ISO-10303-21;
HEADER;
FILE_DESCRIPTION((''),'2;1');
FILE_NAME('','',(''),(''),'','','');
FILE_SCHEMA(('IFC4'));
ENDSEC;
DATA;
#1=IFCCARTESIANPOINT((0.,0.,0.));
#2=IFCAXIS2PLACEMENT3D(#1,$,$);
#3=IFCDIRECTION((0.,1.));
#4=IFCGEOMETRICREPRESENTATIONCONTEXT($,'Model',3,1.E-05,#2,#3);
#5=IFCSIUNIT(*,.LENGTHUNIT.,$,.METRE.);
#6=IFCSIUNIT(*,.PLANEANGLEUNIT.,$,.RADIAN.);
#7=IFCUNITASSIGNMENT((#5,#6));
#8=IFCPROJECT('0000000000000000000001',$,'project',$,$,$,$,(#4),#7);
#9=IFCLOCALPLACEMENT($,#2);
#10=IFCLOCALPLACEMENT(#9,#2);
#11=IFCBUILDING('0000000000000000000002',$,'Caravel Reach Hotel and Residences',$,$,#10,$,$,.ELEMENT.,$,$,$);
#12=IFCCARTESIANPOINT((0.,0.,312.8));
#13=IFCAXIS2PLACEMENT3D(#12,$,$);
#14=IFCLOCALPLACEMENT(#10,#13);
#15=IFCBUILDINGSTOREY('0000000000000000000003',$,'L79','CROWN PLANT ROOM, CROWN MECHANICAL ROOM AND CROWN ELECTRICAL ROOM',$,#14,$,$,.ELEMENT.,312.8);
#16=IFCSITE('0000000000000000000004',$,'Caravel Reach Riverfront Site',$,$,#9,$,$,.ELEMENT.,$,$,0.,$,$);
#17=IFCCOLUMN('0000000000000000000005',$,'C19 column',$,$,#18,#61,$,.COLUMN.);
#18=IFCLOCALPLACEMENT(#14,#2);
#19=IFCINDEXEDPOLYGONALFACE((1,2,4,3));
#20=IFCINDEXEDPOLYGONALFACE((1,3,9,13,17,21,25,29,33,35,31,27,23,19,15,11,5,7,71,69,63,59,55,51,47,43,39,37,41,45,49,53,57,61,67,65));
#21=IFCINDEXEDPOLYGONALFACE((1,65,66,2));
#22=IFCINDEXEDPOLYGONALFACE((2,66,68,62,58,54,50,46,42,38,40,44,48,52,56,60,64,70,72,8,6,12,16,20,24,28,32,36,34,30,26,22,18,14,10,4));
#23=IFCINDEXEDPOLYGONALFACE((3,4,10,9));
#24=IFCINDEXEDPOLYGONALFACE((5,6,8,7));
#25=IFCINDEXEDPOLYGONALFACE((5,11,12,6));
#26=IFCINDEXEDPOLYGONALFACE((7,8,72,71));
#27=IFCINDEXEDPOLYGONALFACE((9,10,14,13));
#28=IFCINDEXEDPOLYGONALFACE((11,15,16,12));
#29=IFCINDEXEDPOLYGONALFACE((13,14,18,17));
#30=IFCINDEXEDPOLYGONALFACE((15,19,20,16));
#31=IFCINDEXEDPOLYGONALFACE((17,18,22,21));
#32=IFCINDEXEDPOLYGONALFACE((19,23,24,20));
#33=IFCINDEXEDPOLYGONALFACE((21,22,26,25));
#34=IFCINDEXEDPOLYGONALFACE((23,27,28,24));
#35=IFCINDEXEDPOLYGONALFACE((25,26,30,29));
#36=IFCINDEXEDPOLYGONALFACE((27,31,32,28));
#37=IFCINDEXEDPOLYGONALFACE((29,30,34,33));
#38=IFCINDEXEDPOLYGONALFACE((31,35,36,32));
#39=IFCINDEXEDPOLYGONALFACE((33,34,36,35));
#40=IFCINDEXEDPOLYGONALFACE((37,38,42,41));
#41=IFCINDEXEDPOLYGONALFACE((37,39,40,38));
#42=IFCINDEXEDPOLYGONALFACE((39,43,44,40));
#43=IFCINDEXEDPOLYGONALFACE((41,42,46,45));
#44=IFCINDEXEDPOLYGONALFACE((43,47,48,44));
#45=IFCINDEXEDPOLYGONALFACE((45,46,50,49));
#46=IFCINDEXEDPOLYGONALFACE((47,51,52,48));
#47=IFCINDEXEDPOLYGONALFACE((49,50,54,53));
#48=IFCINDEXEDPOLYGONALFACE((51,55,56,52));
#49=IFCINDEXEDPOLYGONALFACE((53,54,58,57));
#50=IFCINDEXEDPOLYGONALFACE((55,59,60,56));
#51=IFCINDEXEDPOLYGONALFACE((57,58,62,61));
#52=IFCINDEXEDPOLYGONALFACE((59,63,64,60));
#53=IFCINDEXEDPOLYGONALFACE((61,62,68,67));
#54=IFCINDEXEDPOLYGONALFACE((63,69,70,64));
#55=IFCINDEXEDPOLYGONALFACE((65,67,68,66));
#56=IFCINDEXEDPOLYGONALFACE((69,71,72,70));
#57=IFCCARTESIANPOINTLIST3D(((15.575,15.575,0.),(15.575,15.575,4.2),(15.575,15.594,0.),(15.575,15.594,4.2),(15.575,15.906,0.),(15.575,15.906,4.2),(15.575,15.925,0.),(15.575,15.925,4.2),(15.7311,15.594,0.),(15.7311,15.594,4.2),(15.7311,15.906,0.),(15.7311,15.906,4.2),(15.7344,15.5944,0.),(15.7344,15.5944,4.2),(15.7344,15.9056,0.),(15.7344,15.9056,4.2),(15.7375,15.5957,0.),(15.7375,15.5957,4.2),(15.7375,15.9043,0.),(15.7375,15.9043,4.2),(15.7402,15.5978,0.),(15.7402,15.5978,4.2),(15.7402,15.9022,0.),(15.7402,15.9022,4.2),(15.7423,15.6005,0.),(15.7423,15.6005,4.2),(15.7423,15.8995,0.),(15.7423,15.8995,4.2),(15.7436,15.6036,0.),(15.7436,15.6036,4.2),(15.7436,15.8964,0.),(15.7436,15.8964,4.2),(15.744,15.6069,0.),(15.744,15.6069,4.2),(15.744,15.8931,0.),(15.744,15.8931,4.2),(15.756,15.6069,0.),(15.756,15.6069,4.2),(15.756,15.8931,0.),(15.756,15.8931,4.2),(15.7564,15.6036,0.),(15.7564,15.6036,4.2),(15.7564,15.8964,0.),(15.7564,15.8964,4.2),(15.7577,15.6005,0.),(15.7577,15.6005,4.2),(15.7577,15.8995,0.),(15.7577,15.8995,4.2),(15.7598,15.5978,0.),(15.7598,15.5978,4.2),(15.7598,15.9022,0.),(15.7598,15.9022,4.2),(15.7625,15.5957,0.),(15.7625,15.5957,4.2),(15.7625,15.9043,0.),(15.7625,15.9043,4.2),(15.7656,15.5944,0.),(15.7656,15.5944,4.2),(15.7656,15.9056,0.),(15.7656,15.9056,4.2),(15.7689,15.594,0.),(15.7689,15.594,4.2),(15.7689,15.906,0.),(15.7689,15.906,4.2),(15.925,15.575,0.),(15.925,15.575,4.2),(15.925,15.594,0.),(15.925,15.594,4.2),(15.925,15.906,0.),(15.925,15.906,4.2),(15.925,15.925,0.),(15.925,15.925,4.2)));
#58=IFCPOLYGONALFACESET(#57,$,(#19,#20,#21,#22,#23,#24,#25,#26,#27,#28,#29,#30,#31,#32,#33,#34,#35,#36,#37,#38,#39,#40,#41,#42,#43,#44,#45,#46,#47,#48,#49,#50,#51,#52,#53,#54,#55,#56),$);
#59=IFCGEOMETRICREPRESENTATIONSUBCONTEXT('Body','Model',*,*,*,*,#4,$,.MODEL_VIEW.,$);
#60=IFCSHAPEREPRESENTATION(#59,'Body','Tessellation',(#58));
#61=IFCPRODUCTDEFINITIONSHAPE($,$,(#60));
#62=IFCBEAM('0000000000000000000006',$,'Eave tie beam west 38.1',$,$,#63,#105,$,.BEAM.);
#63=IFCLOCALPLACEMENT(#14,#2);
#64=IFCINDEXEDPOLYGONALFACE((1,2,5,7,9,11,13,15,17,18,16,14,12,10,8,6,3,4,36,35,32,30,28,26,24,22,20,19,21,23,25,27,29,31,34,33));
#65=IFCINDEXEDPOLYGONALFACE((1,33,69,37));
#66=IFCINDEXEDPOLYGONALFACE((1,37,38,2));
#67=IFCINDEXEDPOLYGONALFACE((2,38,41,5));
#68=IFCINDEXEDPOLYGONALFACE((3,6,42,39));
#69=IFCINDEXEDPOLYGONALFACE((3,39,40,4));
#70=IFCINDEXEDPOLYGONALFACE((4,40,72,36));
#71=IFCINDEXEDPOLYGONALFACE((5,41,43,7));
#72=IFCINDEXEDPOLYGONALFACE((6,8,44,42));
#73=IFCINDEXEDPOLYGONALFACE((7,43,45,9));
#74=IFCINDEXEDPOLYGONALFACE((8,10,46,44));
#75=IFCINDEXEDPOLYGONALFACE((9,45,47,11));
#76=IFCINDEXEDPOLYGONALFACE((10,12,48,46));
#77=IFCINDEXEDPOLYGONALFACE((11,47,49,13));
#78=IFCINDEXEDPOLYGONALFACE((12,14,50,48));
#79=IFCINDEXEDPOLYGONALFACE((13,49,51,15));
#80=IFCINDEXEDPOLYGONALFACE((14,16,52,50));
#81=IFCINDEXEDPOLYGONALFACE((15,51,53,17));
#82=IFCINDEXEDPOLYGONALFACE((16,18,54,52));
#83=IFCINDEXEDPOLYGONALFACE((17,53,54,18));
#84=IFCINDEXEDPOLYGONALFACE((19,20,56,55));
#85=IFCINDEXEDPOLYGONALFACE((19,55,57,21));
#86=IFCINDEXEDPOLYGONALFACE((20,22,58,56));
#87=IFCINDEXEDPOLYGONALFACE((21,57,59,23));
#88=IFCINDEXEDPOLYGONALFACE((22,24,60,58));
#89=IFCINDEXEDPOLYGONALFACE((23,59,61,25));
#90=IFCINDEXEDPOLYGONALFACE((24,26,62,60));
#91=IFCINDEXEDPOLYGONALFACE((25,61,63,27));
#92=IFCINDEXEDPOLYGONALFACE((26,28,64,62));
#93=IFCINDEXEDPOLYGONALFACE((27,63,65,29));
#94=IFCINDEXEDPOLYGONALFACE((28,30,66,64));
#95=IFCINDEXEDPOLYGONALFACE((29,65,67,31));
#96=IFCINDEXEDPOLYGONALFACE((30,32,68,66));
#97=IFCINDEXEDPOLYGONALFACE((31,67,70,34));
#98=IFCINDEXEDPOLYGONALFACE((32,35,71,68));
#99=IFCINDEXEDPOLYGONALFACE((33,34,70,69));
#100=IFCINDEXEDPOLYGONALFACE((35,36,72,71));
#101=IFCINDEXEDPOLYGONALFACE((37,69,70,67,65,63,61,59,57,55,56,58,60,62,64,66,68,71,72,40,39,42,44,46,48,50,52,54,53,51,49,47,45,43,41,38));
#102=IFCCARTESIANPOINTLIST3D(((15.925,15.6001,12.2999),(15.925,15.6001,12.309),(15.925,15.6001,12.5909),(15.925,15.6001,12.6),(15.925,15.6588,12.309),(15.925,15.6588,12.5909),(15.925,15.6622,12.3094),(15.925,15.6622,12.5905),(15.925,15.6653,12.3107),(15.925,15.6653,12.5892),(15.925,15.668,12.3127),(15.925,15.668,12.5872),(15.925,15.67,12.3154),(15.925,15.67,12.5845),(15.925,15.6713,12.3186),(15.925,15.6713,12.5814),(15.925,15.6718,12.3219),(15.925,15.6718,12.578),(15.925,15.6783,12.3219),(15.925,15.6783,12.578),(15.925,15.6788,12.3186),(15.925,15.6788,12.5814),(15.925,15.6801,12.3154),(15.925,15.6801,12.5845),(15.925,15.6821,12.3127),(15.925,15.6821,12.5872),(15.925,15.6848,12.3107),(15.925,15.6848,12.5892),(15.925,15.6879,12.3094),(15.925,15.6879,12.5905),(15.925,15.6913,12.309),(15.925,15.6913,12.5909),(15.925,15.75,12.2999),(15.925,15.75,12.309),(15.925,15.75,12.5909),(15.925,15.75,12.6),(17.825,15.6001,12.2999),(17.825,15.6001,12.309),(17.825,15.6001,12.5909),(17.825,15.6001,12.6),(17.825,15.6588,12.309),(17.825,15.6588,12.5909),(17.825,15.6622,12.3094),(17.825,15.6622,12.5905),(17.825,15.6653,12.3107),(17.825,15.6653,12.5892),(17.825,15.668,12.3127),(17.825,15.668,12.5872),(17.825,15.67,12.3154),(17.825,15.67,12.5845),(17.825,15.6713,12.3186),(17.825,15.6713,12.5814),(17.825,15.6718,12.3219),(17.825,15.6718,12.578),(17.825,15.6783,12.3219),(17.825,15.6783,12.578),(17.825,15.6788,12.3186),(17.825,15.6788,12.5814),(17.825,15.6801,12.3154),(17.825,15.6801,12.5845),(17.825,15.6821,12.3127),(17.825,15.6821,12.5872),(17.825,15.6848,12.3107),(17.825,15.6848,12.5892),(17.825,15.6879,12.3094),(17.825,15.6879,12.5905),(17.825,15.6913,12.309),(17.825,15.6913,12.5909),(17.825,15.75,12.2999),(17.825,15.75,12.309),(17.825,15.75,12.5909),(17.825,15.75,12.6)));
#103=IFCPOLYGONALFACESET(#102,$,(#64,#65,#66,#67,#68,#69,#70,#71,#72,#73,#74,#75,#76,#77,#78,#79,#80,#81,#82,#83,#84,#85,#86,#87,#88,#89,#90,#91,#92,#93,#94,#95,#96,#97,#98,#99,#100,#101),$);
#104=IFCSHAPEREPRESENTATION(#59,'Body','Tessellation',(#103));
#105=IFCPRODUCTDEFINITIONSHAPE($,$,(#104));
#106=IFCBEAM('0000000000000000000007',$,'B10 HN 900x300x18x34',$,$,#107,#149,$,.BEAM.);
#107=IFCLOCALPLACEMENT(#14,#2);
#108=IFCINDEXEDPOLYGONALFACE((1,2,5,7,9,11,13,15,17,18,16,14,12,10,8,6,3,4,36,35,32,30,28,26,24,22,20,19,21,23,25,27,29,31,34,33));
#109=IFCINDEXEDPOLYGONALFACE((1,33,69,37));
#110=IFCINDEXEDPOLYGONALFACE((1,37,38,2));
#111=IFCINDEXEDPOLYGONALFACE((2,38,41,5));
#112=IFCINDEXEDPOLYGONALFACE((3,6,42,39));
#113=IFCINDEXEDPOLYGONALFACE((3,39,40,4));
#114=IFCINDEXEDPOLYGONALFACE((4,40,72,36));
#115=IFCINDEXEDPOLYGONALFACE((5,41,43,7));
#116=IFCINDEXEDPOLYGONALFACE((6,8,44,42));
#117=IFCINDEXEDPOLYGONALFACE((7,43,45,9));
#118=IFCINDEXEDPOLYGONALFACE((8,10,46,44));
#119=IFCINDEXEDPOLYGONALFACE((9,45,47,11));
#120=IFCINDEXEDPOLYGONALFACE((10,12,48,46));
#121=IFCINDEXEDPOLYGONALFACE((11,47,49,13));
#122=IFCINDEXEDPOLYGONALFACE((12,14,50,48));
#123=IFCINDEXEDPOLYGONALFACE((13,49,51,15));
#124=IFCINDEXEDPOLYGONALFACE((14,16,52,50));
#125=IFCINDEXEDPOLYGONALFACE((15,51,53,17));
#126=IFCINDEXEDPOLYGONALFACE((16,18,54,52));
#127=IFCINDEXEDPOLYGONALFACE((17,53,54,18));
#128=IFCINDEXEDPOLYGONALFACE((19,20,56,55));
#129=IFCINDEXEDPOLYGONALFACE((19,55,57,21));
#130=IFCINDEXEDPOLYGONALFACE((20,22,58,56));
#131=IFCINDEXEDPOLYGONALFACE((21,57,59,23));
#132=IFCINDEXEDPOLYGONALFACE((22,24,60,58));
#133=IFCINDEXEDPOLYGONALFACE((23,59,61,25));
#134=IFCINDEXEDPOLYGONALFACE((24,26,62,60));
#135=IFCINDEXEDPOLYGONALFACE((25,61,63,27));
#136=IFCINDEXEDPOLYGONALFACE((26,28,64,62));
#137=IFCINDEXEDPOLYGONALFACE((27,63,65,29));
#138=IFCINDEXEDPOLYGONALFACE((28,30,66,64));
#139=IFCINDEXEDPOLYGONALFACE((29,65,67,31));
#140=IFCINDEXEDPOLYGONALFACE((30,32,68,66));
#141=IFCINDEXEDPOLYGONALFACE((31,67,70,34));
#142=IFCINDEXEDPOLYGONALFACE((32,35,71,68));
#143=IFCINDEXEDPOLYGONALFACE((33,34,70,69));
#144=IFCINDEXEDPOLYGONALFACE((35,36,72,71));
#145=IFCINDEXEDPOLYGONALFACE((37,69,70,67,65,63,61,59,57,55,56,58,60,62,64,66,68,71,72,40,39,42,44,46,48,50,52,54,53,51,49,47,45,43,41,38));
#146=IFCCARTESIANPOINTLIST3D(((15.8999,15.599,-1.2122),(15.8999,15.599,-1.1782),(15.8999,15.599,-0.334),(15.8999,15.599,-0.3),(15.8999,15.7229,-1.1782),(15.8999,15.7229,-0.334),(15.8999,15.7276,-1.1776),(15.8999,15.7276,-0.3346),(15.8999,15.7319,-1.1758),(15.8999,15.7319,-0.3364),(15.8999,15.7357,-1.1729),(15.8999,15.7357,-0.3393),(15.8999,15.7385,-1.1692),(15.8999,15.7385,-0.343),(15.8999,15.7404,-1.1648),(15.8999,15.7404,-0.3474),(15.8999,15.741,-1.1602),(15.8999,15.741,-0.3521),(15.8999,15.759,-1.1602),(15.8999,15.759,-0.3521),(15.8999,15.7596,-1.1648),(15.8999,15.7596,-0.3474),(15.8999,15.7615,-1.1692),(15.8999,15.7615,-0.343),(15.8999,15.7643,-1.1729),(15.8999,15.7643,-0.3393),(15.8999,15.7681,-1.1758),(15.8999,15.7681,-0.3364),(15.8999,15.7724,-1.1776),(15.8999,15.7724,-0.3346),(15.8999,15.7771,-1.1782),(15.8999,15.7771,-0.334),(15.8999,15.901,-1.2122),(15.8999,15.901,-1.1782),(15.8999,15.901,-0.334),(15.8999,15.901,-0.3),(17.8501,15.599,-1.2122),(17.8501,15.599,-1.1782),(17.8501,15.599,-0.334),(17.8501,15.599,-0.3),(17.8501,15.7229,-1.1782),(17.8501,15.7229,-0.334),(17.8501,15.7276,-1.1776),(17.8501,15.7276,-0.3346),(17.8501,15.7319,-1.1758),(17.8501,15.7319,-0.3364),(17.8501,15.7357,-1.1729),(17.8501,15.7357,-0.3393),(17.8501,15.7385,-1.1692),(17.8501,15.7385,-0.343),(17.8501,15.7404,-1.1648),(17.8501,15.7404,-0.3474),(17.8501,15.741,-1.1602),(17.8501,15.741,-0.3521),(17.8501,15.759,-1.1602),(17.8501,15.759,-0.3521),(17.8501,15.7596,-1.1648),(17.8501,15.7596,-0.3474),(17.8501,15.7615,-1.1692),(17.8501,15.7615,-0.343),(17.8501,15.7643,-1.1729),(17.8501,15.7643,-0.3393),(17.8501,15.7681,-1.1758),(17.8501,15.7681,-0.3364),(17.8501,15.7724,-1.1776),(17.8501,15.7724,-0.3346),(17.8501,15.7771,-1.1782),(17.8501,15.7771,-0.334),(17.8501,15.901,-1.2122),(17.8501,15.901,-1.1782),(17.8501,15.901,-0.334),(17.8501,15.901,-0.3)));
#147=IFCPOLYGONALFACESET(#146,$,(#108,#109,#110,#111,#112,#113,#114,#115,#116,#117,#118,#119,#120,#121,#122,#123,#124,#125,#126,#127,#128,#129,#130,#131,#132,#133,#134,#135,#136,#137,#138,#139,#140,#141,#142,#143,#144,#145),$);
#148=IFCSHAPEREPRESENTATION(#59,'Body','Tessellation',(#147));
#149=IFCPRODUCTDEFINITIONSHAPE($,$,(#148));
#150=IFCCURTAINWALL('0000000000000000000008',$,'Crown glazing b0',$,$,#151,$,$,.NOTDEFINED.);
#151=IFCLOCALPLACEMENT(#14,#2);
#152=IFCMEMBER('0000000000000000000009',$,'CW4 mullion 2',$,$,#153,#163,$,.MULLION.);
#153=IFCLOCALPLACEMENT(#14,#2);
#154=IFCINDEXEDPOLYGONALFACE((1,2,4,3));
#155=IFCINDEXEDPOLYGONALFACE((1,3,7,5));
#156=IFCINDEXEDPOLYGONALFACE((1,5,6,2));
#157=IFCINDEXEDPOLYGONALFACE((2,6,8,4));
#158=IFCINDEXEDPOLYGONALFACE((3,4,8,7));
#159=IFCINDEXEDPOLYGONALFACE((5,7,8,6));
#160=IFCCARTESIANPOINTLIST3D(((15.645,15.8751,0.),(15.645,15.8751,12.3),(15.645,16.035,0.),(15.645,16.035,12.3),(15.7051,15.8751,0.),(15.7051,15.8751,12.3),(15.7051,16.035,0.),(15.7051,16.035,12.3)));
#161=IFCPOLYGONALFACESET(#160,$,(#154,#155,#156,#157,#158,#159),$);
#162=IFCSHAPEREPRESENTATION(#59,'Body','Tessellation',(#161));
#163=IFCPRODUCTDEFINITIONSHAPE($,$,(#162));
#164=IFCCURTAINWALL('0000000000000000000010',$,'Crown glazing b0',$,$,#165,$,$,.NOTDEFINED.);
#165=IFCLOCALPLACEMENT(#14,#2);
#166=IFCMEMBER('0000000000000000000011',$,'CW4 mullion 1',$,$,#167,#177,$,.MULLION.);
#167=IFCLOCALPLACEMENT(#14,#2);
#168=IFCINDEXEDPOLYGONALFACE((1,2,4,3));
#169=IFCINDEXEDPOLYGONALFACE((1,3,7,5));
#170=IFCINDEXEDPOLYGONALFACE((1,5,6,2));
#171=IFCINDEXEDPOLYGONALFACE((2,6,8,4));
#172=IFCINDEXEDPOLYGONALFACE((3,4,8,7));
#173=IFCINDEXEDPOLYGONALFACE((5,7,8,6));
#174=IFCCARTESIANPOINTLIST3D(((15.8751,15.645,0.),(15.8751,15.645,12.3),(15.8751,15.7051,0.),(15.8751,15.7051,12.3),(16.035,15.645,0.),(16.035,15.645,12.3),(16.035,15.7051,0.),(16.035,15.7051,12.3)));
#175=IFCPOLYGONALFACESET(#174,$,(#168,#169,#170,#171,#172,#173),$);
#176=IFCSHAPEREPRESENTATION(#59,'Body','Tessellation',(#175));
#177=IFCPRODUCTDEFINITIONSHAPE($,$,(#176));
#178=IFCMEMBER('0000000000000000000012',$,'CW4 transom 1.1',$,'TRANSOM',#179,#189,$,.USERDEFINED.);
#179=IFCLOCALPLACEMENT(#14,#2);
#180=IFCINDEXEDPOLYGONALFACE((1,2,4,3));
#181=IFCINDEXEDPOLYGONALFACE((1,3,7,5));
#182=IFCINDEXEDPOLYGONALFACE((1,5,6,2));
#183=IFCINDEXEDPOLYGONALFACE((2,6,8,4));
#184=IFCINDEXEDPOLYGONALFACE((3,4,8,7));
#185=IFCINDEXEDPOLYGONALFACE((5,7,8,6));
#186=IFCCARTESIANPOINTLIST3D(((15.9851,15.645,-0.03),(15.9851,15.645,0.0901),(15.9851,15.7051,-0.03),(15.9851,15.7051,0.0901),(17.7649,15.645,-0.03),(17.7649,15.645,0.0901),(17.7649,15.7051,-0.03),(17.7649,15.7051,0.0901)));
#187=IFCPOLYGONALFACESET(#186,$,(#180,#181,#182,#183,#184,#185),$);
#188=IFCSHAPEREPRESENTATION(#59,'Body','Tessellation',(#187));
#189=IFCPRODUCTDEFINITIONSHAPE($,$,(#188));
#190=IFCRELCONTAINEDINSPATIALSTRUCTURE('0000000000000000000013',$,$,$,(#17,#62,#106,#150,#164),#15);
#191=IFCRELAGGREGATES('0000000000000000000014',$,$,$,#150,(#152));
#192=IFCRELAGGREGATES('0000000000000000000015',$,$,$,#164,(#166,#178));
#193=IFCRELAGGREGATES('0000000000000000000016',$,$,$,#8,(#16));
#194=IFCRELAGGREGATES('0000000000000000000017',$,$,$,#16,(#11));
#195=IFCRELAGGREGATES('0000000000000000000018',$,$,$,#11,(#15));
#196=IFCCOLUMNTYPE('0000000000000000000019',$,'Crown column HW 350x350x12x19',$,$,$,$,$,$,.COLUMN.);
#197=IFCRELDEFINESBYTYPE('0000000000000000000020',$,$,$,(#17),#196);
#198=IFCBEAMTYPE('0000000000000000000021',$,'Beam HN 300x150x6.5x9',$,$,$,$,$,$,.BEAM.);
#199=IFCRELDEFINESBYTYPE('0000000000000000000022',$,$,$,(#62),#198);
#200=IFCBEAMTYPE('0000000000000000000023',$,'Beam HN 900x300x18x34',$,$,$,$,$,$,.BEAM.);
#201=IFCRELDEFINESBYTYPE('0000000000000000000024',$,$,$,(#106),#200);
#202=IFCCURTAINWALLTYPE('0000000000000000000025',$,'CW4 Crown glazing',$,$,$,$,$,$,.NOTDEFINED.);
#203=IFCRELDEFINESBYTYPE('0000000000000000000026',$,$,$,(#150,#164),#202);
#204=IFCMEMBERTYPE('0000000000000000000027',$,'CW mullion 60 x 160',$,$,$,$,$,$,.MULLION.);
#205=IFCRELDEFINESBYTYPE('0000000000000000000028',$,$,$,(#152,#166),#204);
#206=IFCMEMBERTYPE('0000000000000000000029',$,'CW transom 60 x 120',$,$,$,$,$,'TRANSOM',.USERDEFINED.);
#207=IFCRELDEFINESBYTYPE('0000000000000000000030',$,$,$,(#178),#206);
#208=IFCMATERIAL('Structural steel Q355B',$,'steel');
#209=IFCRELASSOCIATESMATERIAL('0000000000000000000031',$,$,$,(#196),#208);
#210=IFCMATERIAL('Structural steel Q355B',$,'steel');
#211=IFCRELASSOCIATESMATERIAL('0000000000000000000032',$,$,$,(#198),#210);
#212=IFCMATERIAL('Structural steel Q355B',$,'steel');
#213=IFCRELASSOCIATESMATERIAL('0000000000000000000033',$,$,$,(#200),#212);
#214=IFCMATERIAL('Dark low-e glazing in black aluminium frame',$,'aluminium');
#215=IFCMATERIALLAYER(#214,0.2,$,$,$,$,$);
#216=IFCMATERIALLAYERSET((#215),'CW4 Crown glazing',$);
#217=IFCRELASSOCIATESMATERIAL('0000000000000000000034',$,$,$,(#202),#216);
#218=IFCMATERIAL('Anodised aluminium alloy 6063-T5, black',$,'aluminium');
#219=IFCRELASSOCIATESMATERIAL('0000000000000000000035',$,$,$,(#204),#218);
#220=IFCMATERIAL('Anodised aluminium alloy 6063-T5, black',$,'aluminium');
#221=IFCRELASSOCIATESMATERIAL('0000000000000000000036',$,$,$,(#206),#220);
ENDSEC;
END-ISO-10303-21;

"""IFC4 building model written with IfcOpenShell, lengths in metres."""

from ifc_helpers import new_model, si_unit, direction, frame, origin, origin_2d, place, context, subcontext, project, spatial, rectangle, i_section, extrude, material, layer, layer_set, material_profile, profile_set, type_object, element, aggregate, save


model = new_model("IFC4")

# Units and contexts
model_context = context("Model", 3, precision=1e-05, world=origin(), true_north=direction((0.0, 1.0)))
body_context = subcontext(model_context, "Body", "Model", "MODEL_VIEW")
ifc_project = project(units=[si_unit("LENGTHUNIT", "METRE"), si_unit("PLANEANGLEUNIT", "RADIAN")], contexts=[model_context])

# Site, building, storey
site_placement = place(None, origin())
site = spatial("IfcSite", under=ifc_project, at=site_placement, Name="Caravel Reach Riverfront Site", CompositionType="ELEMENT", RefElevation=0.0)
building_placement = place(site_placement, origin())
building = spatial("IfcBuilding", under=site, at=building_placement, Name="Caravel Reach Hotel and Residences", CompositionType="ELEMENT")
storey_placement = place(building_placement, frame((0.0, 0.0, 312.8)))
storey = spatial("IfcBuildingStorey", under=building, at=storey_placement, Name="L79", Description="CROWN PLANT ROOM, CROWN MECHANICAL ROOM AND CROWN ELECTRICAL ROOM", CompositionType="ELEMENT", Elevation=312.8)

# Column
ifc_material_1 = material(Name="Structural steel Q355B", Category="steel")
ifc_material_profile_1 = material_profile(ifc_material_1, i_section(OverallWidth=0.3501, OverallDepth=0.3501, WebThickness=0.012, FlangeThickness=0.019, FilletRadius=0.0129, at=origin_2d()), Name="HW 350x350x12x19")
ifc_profile_set_1 = profile_set([ifc_material_profile_1], Name="Structural steel Q355B")
column_type = type_object("IfcColumnType", Name="Crown column HW 350x350x12x19", PredefinedType="COLUMN", material=ifc_profile_set_1)
column_placement = place(storey_placement, frame((15.75, 15.75, 0.0), z_axis=(0.0, 0.0, 1.0), x_axis=(1.0, 0.0, 0.0)))
element("IfcColumn", 1, at=column_placement, inside=storey, type_object=column_type, Name="C19 column", PredefinedType="COLUMN", context=body_context, shape_type="SweptSolid", body=[
    extrude(i_section(OverallWidth=0.3501, OverallDepth=0.3501, WebThickness=0.012, FlangeThickness=0.019, FilletRadius=0.0129, at=origin_2d()), origin(), (0.0, 0.0, 1.0), 4.2),
])

# Beams
ifc_material_2 = material(Name="Structural steel Q355B", Category="steel")
ifc_material_profile_2 = material_profile(ifc_material_2, i_section(OverallWidth=0.1499, OverallDepth=0.3, WebThickness=0.0066, FlangeThickness=0.009, FilletRadius=0.0129, at=origin_2d()), Name="HN 300x150x6.5x9")
ifc_profile_set_2 = profile_set([ifc_material_profile_2], Name="Structural steel Q355B")
beam_type_1 = type_object("IfcBeamType", Name="Beam HN 300x150x6.5x9", PredefinedType="BEAM", material=ifc_profile_set_2)
beam_1_placement = place(storey_placement, frame((15.925, 15.675, 12.45), z_axis=(1.0, 0.0, 0.0), x_axis=(0.0, 1.0, 0.0)))
element("IfcBeam", 2, at=beam_1_placement, inside=storey, type_object=beam_type_1, Name="Eave tie beam west 38.1", PredefinedType="BEAM", context=body_context, shape_type="SweptSolid", body=[
    extrude(i_section(OverallWidth=0.1499, OverallDepth=0.3, WebThickness=0.0066, FlangeThickness=0.009, FilletRadius=0.0129, at=origin_2d()), origin(), (0.0, 0.0, 1.0), 1.8999),
])
ifc_material_3 = material(Name="Structural steel Q355B", Category="steel")
ifc_material_profile_3 = material_profile(ifc_material_3, i_section(OverallWidth=0.302, OverallDepth=0.9121, WebThickness=0.0181, FlangeThickness=0.0339, FilletRadius=0.0181, at=origin_2d()), Name="HN 900x300x18x34")
ifc_profile_set_3 = profile_set([ifc_material_profile_3], Name="Structural steel Q355B")
beam_type_2 = type_object("IfcBeamType", Name="Beam HN 900x300x18x34", PredefinedType="BEAM", material=ifc_profile_set_3)
beam_2_placement = place(storey_placement, frame((15.8999, 15.75, -0.7561), z_axis=(1.0, 0.0, 0.0), x_axis=(0.0, 1.0, 0.0)))
element("IfcBeam", 3, at=beam_2_placement, inside=storey, type_object=beam_type_2, Name="B10 HN 900x300x18x34", PredefinedType="BEAM", context=body_context, shape_type="SweptSolid", body=[
    extrude(i_section(OverallWidth=0.302, OverallDepth=0.9121, WebThickness=0.0181, FlangeThickness=0.0339, FilletRadius=0.0181, at=origin_2d()), origin(), (0.0, 0.0, 1.0), 1.9502),
])

# Curtain wall, member
ifc_material_4 = material(Name="Dark low-e glazing in black aluminium frame", Category="aluminium")
ifc_layer_1 = layer(ifc_material_4, 0.2)
ifc_layer_set_1 = layer_set([ifc_layer_1], Name="CW4 Crown glazing")
curtain_wall_type = type_object("IfcCurtainWallType", Name="CW4 Crown glazing", PredefinedType="NOTDEFINED", material=ifc_layer_set_1)
curtain_wall_1_placement = place(storey_placement, origin())
curtain_wall_1 = element("IfcCurtainWall", 4, at=curtain_wall_1_placement, inside=storey, type_object=curtain_wall_type, Name="Crown glazing b0", PredefinedType="NOTDEFINED")
ifc_material_5 = material(Name="Anodised aluminium alloy 6063-T5, black", Category="aluminium")
ifc_material_profile_4 = material_profile(ifc_material_5, rectangle(XDim=0.0601, YDim=0.1599, at=origin_2d()), Name="CW mullion 60 x 160")
ifc_profile_set_4 = profile_set([ifc_material_profile_4], Name="Anodised aluminium alloy 6063-T5, black")
member_type_1 = type_object("IfcMemberType", Name="CW mullion 60 x 160", PredefinedType="MULLION", material=ifc_profile_set_4)
member_1_placement = place(storey_placement, frame((15.675, 15.9551, 0.0), z_axis=(0.0, 0.0, 1.0), x_axis=(1.0, 0.0, 0.0)))
member_1 = element("IfcMember", 5, at=member_1_placement, type_object=member_type_1, Name="CW4 mullion 2", PredefinedType="MULLION", context=body_context, shape_type="SweptSolid", body=[
    extrude(rectangle(XDim=0.0601, YDim=0.1599, at=origin_2d()), origin(), (0.0, 0.0, 1.0), 12.3),
])
aggregate(curtain_wall_1, [member_1])

# Curtain wall, members
curtain_wall_2_placement = place(storey_placement, origin())
curtain_wall_2 = element("IfcCurtainWall", 6, at=curtain_wall_2_placement, inside=storey, type_object=curtain_wall_type, Name="Crown glazing b0", PredefinedType="NOTDEFINED")
member_2_placement = place(storey_placement, frame((15.9551, 15.675, 0.0), z_axis=(0.0, 0.0, 1.0), x_axis=(0.0, 1.0, 0.0)))
member_2 = element("IfcMember", 7, at=member_2_placement, type_object=member_type_1, Name="CW4 mullion 1", PredefinedType="MULLION", context=body_context, shape_type="SweptSolid", body=[
    extrude(rectangle(XDim=0.0601, YDim=0.1599, at=origin_2d()), origin(), (0.0, 0.0, 1.0), 12.3),
])
ifc_material_6 = material(Name="Anodised aluminium alloy 6063-T5, black", Category="aluminium")
ifc_material_profile_5 = material_profile(ifc_material_6, rectangle(XDim=0.0601, YDim=0.1201, at=origin_2d()), Name="CW transom 60 x 120")
ifc_profile_set_5 = profile_set([ifc_material_profile_5], Name="Anodised aluminium alloy 6063-T5, black")
member_type_2 = type_object("IfcMemberType", Name="CW transom 60 x 120", ElementType="TRANSOM", PredefinedType="USERDEFINED", material=ifc_profile_set_5)
member_3_placement = place(storey_placement, frame((15.9851, 15.675, 0.03), z_axis=(1.0, 0.0, 0.0), x_axis=(0.0, 1.0, 0.0)))
member_3 = element("IfcMember", 8, at=member_3_placement, type_object=member_type_2, Name="CW4 transom 1.1", ObjectType="TRANSOM", PredefinedType="USERDEFINED", context=body_context, shape_type="SweptSolid", body=[
    extrude(rectangle(XDim=0.0601, YDim=0.1201, at=origin_2d()), origin(), (0.0, 0.0, 1.0), 1.7798),
])
aggregate(curtain_wall_2, [member_2, member_3])

save(model, "model.ifc")
